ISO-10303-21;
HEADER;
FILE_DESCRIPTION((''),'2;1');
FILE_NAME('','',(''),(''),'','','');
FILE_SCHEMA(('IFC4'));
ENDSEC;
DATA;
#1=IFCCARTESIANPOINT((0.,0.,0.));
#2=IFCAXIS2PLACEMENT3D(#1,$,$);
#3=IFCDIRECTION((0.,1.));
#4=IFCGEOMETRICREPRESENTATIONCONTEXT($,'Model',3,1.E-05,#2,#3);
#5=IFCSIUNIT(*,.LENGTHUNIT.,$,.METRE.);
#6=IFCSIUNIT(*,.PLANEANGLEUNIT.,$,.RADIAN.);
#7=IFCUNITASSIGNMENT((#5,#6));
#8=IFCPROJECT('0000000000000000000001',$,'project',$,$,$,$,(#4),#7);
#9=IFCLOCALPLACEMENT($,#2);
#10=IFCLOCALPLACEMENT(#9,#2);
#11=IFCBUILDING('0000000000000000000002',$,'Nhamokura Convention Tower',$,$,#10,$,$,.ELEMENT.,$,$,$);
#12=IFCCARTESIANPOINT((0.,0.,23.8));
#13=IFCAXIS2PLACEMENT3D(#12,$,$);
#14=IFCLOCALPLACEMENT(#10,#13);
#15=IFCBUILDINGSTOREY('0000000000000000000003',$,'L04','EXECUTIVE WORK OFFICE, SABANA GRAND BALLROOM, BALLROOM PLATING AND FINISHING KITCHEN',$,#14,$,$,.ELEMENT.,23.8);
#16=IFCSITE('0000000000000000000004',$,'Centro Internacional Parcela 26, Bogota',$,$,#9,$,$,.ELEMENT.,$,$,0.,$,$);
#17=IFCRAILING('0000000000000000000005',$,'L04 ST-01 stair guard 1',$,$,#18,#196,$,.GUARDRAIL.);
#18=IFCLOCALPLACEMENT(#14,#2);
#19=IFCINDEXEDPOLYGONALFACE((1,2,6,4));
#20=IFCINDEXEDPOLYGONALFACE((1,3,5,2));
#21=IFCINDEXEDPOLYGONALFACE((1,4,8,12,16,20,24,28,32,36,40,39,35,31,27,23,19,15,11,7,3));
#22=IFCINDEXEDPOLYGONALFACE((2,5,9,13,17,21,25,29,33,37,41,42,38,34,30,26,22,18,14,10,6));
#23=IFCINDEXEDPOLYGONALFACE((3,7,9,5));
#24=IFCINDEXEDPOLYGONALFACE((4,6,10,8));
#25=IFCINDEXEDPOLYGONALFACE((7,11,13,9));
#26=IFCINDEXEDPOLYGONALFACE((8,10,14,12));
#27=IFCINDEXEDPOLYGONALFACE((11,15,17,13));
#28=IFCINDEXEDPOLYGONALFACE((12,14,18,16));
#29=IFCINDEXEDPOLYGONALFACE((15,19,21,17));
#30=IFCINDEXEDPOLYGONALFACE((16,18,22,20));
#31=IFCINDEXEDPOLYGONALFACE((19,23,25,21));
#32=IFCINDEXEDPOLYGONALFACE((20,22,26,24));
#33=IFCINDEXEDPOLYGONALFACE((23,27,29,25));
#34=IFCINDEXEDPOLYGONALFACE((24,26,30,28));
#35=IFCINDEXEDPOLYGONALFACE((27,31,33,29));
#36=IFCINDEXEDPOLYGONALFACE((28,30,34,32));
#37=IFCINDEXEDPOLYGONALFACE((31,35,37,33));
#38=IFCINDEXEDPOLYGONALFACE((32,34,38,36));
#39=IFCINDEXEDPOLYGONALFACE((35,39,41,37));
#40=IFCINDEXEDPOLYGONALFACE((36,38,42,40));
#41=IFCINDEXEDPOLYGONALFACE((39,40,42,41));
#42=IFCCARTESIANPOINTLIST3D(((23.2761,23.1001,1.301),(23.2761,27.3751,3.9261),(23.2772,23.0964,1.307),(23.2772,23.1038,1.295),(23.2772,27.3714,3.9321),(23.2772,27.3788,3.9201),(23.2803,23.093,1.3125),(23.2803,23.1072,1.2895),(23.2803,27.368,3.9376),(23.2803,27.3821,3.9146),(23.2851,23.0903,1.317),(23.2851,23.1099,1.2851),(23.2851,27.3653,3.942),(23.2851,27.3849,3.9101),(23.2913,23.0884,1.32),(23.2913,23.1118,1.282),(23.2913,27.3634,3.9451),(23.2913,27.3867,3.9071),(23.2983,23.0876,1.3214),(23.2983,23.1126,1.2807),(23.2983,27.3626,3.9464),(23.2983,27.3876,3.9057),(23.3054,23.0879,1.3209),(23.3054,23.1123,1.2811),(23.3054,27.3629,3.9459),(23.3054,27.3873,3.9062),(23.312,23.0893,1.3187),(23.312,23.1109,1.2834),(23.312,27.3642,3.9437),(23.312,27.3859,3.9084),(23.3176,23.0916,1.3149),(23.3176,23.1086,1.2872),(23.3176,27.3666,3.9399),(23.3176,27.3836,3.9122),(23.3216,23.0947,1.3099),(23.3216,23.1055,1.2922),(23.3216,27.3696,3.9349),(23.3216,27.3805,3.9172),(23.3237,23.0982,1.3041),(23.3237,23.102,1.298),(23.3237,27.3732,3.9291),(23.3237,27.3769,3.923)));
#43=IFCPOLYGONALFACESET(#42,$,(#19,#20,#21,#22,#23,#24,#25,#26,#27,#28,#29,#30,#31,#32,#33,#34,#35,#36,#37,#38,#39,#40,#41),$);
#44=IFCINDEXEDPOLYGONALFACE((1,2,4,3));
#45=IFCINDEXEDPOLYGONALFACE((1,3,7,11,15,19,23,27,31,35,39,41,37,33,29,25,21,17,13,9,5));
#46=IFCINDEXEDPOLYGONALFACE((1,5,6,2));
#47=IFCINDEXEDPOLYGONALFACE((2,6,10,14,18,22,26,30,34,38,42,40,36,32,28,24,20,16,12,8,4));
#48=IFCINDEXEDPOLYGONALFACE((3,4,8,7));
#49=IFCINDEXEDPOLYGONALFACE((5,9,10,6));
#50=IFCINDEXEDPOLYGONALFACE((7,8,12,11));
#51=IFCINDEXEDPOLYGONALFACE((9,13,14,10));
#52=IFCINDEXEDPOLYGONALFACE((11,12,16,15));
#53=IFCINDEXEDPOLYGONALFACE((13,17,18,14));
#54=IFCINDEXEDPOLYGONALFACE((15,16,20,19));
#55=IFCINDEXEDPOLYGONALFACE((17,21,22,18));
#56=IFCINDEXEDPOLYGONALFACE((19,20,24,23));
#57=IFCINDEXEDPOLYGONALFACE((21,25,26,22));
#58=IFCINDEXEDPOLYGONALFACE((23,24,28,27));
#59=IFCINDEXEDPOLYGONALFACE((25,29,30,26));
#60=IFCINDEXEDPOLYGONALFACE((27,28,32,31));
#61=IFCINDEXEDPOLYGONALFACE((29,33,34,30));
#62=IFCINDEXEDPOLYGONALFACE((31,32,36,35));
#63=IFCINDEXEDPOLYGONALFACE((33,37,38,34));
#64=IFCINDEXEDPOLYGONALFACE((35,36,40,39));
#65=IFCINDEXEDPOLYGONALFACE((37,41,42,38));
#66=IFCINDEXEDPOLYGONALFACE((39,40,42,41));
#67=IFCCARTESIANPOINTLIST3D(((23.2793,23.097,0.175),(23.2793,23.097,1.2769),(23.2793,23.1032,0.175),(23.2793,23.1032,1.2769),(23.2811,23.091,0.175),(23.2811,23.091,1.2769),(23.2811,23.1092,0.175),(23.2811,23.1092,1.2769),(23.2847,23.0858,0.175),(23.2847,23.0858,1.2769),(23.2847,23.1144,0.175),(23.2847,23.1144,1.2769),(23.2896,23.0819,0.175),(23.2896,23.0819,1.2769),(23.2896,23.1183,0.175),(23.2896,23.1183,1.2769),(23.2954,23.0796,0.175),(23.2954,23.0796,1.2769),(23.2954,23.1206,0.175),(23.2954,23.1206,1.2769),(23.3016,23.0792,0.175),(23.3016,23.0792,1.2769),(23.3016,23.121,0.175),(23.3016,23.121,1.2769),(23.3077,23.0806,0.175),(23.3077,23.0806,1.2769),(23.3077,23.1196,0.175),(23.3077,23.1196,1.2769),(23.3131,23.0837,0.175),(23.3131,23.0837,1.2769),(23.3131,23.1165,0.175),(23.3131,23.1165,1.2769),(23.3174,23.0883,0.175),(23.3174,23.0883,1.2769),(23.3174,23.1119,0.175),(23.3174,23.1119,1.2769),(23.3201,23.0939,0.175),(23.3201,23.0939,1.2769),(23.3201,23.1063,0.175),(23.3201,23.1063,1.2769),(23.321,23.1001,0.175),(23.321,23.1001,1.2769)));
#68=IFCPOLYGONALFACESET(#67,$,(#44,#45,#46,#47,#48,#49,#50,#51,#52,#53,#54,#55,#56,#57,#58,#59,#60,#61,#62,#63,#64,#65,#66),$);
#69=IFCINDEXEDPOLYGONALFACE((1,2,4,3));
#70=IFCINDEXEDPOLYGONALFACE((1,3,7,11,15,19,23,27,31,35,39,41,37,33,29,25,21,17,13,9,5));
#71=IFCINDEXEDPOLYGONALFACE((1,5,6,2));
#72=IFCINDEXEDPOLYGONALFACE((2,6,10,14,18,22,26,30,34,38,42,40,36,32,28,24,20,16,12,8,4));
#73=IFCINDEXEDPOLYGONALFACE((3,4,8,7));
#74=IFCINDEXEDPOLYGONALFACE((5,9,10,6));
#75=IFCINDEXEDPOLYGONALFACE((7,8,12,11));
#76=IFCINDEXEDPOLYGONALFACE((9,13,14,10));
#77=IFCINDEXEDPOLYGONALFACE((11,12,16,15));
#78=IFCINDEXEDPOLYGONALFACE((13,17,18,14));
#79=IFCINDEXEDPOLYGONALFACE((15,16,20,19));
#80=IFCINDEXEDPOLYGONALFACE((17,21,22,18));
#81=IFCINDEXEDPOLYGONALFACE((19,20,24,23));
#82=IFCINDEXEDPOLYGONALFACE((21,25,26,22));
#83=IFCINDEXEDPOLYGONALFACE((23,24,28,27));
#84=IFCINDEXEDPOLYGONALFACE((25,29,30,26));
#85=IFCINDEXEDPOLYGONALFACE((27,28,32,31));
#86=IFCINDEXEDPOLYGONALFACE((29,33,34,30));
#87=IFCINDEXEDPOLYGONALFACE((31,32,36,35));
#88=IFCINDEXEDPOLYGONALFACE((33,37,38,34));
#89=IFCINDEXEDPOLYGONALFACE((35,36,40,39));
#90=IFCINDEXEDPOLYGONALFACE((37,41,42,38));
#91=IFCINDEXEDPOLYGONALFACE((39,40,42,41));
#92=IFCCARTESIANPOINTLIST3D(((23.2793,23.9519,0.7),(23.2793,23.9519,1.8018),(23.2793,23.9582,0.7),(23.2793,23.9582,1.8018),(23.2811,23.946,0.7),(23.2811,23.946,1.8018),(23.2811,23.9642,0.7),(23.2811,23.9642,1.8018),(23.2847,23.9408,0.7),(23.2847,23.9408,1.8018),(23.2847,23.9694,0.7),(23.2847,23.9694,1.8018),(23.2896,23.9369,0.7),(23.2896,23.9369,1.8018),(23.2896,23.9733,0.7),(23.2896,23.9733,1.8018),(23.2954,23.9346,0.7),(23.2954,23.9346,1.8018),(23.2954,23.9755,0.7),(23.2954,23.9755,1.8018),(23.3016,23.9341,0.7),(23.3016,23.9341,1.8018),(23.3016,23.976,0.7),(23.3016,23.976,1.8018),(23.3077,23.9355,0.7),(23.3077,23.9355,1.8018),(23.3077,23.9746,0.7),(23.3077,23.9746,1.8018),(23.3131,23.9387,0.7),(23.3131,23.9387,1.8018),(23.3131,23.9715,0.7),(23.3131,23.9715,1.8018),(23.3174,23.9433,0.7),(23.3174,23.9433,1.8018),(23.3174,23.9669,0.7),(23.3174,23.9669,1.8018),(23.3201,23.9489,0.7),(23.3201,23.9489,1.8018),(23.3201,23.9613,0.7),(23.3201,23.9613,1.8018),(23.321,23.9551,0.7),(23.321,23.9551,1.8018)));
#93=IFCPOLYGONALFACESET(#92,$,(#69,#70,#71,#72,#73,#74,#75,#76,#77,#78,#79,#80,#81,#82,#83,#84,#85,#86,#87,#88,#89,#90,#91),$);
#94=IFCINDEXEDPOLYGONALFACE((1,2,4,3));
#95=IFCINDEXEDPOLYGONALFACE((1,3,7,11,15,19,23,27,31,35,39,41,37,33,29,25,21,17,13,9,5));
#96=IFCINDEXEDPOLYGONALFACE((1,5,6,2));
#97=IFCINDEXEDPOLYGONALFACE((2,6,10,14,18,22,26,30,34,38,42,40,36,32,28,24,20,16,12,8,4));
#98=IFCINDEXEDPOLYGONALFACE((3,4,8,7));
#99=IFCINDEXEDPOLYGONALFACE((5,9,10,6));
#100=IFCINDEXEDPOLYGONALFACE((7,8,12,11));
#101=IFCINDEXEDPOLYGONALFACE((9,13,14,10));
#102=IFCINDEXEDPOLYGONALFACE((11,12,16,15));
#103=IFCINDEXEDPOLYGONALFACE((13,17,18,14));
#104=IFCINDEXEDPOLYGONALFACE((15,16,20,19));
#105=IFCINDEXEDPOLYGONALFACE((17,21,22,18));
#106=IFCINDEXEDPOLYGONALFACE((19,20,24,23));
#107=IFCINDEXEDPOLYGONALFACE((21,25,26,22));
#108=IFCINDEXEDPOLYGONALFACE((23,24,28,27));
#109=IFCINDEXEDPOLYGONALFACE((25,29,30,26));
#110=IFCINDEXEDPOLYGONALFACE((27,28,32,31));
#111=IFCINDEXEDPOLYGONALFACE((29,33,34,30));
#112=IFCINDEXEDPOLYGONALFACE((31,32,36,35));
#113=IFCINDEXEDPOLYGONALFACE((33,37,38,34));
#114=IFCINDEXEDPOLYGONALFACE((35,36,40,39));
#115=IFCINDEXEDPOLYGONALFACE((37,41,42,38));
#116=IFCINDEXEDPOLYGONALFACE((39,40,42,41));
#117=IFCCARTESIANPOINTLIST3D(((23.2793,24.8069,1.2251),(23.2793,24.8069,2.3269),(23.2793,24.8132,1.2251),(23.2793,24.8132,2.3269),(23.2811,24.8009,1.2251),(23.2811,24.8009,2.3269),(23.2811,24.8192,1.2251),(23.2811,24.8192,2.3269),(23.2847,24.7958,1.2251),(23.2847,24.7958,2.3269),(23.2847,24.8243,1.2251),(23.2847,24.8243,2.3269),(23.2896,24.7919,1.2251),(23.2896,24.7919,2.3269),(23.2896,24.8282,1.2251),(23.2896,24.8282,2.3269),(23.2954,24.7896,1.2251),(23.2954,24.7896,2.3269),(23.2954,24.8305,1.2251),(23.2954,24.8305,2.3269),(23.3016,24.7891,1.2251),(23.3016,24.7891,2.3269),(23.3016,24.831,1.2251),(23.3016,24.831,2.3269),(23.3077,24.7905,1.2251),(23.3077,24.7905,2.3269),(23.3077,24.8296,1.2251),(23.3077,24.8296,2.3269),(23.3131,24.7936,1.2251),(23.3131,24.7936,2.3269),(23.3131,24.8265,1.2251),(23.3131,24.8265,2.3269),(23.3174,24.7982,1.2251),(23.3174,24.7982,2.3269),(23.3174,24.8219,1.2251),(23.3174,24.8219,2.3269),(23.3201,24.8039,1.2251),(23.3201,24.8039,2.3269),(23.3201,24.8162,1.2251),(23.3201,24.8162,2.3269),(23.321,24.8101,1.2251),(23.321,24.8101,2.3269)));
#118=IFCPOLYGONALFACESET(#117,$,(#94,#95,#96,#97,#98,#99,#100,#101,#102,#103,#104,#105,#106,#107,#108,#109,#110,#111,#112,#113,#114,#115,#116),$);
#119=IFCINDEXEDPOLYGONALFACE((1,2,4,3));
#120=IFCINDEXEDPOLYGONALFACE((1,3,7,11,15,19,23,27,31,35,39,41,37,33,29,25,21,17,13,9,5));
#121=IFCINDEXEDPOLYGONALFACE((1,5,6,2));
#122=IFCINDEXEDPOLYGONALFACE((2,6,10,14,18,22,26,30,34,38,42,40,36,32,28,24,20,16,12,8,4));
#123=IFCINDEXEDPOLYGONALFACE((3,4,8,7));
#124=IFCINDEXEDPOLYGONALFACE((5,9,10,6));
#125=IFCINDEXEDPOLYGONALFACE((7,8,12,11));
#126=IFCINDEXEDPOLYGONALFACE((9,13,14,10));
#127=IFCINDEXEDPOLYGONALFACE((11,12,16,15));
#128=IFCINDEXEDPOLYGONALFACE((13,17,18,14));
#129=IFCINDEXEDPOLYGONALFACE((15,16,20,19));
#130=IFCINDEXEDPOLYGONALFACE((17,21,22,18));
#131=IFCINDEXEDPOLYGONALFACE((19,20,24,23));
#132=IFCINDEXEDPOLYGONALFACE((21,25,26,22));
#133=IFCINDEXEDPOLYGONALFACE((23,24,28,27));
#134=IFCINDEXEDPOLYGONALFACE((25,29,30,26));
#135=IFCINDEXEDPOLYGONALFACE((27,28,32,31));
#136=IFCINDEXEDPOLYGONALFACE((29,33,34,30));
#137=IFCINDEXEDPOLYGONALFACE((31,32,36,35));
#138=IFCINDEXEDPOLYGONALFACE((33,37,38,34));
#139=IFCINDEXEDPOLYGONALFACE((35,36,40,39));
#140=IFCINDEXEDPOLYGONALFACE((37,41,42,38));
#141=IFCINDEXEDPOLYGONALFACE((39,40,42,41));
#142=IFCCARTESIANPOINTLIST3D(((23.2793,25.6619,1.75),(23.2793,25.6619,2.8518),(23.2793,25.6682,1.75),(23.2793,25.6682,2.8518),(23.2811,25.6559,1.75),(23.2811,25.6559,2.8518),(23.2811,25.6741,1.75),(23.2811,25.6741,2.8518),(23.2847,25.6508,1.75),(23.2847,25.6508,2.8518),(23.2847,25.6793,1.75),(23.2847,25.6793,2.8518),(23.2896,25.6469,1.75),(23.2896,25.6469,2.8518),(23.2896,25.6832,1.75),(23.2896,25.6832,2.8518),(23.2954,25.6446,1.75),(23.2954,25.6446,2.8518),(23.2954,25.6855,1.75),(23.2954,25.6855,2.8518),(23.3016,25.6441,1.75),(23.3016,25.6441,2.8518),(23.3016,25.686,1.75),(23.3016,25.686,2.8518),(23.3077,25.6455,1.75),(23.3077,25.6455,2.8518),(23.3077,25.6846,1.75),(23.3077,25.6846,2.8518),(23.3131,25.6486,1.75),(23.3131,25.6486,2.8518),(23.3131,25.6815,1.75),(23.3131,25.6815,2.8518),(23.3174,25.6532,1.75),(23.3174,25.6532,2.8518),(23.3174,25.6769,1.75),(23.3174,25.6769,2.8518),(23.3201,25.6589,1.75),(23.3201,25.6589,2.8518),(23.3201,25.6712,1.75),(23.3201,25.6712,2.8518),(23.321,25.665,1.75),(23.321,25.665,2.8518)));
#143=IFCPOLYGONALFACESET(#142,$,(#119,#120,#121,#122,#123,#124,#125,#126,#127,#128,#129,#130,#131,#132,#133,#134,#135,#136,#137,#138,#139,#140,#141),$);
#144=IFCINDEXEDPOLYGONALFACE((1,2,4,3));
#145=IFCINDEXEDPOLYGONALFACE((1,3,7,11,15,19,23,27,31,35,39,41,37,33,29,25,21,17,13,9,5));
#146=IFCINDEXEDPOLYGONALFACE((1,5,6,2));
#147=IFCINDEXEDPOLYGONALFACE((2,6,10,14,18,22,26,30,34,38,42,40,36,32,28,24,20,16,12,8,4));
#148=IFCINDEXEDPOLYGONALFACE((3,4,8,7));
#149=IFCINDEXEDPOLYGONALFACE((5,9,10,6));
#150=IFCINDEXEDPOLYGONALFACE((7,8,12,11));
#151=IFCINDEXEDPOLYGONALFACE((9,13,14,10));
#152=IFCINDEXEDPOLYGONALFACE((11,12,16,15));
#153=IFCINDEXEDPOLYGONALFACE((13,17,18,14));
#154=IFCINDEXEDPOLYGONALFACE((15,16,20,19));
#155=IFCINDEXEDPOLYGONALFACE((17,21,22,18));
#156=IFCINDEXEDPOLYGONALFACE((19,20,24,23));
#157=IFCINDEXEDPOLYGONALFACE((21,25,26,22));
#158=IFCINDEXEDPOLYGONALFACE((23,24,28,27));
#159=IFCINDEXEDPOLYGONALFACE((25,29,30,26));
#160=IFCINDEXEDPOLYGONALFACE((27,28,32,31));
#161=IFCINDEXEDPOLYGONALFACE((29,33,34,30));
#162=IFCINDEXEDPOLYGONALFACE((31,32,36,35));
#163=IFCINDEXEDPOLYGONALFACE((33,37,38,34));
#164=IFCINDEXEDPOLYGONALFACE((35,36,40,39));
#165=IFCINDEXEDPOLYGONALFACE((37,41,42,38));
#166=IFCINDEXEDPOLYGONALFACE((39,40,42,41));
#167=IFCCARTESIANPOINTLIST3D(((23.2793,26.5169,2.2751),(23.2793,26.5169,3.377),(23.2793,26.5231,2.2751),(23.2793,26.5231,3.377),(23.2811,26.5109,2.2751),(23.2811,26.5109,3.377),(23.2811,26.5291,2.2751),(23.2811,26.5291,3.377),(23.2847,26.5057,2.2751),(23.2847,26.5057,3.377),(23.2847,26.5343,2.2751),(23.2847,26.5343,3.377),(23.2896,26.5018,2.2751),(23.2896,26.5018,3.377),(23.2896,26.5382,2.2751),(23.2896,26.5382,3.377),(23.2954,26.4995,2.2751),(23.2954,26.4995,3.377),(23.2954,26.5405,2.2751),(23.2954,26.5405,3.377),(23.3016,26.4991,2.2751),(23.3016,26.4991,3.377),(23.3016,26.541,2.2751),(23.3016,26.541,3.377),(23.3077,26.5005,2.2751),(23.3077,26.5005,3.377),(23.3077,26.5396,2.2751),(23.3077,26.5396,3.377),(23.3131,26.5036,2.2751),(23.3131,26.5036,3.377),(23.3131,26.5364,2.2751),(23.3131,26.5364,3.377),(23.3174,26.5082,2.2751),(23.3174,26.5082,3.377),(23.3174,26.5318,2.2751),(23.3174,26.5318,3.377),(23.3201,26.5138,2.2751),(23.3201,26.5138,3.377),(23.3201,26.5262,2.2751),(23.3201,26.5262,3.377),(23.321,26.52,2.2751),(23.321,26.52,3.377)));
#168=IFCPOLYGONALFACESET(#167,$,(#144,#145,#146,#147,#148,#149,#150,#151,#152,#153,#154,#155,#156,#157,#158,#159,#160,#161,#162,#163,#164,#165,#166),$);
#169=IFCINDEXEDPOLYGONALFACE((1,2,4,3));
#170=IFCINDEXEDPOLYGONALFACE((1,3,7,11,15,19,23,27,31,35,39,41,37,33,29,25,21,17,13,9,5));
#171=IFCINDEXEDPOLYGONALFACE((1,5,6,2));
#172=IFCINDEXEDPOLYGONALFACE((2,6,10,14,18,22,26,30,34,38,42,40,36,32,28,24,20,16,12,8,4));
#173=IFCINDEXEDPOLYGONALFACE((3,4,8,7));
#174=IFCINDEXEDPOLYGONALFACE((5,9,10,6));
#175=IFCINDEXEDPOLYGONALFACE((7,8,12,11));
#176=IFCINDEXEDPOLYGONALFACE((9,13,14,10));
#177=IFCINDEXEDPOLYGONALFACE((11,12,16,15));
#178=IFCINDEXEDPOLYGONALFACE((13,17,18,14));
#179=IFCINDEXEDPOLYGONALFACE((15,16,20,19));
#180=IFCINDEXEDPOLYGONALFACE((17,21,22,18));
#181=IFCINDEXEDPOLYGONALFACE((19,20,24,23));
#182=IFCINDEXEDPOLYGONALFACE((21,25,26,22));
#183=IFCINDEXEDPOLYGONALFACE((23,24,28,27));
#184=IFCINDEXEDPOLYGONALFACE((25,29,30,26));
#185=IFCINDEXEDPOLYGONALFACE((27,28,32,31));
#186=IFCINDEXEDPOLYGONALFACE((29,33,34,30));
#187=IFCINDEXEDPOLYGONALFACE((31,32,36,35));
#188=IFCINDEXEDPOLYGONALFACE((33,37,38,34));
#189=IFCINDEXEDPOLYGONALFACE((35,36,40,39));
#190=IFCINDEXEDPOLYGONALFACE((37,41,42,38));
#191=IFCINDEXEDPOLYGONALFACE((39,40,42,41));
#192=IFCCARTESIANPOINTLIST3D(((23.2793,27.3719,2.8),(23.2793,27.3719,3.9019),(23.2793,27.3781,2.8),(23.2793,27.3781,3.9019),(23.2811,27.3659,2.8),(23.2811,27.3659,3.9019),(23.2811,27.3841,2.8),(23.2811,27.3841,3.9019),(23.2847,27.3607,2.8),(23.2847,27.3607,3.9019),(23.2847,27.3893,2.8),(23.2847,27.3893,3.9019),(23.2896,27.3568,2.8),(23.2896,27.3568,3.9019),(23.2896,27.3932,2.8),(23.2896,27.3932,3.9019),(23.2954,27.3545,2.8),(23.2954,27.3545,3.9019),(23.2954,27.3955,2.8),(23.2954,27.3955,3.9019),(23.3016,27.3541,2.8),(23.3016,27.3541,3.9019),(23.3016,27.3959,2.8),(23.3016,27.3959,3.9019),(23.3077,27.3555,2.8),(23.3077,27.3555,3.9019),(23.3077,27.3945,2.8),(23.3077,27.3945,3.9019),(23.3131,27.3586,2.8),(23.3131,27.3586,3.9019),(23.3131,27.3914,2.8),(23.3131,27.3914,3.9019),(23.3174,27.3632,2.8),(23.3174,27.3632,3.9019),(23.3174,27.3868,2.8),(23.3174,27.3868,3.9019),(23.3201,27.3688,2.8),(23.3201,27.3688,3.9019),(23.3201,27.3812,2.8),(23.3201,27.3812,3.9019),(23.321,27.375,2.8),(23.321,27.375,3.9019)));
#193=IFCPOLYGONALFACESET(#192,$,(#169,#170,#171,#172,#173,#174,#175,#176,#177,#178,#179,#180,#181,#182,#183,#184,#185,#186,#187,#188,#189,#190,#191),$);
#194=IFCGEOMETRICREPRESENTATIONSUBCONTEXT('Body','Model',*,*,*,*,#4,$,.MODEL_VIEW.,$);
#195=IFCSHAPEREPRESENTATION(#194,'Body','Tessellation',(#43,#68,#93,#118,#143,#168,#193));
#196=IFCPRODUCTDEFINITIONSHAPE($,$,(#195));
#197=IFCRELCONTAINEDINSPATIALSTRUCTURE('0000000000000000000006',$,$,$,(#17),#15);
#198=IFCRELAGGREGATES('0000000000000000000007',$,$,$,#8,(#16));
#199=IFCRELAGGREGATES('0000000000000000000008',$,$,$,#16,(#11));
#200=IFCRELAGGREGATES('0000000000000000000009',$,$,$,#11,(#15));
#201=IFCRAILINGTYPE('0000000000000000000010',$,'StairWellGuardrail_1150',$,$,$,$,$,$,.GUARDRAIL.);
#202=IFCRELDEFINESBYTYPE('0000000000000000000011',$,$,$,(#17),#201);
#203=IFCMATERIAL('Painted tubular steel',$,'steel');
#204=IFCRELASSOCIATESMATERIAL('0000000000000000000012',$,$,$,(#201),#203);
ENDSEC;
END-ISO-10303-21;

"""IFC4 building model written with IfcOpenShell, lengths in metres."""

from ifc_helpers import new_model, si_unit, direction, frame, origin, origin_2d, place, context, subcontext, project, spatial, circle, extrude, material, type_object, element, save


model = new_model("IFC4")

# Units and contexts
model_context = context("Model", 3, precision=1e-05, world=origin(), true_north=direction((0.0, 1.0)))
body_context = subcontext(model_context, "Body", "Model", "MODEL_VIEW")
ifc_project = project(units=[si_unit("LENGTHUNIT", "METRE"), si_unit("PLANEANGLEUNIT", "RADIAN")], contexts=[model_context])

# Site, building, storey
site_placement = place(None, origin())
site = spatial("IfcSite", under=ifc_project, at=site_placement, Name="Centro Internacional Parcela 26, Bogota", CompositionType="ELEMENT", RefElevation=0.0)
building_placement = place(site_placement, origin())
building = spatial("IfcBuilding", under=site, at=building_placement, Name="Nhamokura Convention Tower", CompositionType="ELEMENT")
storey_placement = place(building_placement, frame((0.0, 0.0, 23.8)))
storey = spatial("IfcBuildingStorey", under=building, at=storey_placement, Name="L04", Description="EXECUTIVE WORK OFFICE, SABANA GRAND BALLROOM, BALLROOM PLATING AND FINISHING KITCHEN", CompositionType="ELEMENT", Elevation=23.8)

# Railing
ifc_material_1 = material(Name="Painted tubular steel", Category="steel")
railing_type_1 = type_object("IfcRailingType", Name="StairWellGuardrail_1150", PredefinedType="GUARDRAIL", material=ifc_material_1)
railing_1_placement = place(storey_placement, frame((23.3, 23.1001, 0.175)))
element("IfcRailing", 1, at=railing_1_placement, inside=storey, type_object=railing_type_1, Name="L04 ST-01 stair guard 1", PredefinedType="GUARDRAIL", context=body_context, shape_type="SweptSolid", body=[
    extrude(circle(Radius=0.0239, at=origin_2d()), frame((0.0, 0.0, 1.126), z_axis=(0.0, 0.852166, 0.523272), x_axis=(-1.0, 0.0, 0.0)), (0.0, 0.0, 1.0), 5.0166),
    extrude(circle(Radius=0.021, at=origin_2d()), origin(), (0.0, 0.0, 1.0), 1.1018),
    extrude(circle(Radius=0.021, at=origin_2d()), frame((0.0, 0.855, 0.5249)), (0.0, 0.0, 1.0), 1.1018),
    extrude(circle(Radius=0.021, at=origin_2d()), frame((0.0, 1.71, 1.05)), (0.0, 0.0, 1.0), 1.1018),
    extrude(circle(Radius=0.021, at=origin_2d()), frame((0.0, 2.5649, 1.575)), (0.0, 0.0, 1.0), 1.1018),
    extrude(circle(Radius=0.021, at=origin_2d()), frame((0.0, 3.4199, 2.1001)), (0.0, 0.0, 1.0), 1.1018),
    extrude(circle(Radius=0.021, at=origin_2d()), frame((0.0, 4.2749, 2.625)), (0.0, 0.0, 1.0), 1.1018),
])

save(model, "model.ifc")
